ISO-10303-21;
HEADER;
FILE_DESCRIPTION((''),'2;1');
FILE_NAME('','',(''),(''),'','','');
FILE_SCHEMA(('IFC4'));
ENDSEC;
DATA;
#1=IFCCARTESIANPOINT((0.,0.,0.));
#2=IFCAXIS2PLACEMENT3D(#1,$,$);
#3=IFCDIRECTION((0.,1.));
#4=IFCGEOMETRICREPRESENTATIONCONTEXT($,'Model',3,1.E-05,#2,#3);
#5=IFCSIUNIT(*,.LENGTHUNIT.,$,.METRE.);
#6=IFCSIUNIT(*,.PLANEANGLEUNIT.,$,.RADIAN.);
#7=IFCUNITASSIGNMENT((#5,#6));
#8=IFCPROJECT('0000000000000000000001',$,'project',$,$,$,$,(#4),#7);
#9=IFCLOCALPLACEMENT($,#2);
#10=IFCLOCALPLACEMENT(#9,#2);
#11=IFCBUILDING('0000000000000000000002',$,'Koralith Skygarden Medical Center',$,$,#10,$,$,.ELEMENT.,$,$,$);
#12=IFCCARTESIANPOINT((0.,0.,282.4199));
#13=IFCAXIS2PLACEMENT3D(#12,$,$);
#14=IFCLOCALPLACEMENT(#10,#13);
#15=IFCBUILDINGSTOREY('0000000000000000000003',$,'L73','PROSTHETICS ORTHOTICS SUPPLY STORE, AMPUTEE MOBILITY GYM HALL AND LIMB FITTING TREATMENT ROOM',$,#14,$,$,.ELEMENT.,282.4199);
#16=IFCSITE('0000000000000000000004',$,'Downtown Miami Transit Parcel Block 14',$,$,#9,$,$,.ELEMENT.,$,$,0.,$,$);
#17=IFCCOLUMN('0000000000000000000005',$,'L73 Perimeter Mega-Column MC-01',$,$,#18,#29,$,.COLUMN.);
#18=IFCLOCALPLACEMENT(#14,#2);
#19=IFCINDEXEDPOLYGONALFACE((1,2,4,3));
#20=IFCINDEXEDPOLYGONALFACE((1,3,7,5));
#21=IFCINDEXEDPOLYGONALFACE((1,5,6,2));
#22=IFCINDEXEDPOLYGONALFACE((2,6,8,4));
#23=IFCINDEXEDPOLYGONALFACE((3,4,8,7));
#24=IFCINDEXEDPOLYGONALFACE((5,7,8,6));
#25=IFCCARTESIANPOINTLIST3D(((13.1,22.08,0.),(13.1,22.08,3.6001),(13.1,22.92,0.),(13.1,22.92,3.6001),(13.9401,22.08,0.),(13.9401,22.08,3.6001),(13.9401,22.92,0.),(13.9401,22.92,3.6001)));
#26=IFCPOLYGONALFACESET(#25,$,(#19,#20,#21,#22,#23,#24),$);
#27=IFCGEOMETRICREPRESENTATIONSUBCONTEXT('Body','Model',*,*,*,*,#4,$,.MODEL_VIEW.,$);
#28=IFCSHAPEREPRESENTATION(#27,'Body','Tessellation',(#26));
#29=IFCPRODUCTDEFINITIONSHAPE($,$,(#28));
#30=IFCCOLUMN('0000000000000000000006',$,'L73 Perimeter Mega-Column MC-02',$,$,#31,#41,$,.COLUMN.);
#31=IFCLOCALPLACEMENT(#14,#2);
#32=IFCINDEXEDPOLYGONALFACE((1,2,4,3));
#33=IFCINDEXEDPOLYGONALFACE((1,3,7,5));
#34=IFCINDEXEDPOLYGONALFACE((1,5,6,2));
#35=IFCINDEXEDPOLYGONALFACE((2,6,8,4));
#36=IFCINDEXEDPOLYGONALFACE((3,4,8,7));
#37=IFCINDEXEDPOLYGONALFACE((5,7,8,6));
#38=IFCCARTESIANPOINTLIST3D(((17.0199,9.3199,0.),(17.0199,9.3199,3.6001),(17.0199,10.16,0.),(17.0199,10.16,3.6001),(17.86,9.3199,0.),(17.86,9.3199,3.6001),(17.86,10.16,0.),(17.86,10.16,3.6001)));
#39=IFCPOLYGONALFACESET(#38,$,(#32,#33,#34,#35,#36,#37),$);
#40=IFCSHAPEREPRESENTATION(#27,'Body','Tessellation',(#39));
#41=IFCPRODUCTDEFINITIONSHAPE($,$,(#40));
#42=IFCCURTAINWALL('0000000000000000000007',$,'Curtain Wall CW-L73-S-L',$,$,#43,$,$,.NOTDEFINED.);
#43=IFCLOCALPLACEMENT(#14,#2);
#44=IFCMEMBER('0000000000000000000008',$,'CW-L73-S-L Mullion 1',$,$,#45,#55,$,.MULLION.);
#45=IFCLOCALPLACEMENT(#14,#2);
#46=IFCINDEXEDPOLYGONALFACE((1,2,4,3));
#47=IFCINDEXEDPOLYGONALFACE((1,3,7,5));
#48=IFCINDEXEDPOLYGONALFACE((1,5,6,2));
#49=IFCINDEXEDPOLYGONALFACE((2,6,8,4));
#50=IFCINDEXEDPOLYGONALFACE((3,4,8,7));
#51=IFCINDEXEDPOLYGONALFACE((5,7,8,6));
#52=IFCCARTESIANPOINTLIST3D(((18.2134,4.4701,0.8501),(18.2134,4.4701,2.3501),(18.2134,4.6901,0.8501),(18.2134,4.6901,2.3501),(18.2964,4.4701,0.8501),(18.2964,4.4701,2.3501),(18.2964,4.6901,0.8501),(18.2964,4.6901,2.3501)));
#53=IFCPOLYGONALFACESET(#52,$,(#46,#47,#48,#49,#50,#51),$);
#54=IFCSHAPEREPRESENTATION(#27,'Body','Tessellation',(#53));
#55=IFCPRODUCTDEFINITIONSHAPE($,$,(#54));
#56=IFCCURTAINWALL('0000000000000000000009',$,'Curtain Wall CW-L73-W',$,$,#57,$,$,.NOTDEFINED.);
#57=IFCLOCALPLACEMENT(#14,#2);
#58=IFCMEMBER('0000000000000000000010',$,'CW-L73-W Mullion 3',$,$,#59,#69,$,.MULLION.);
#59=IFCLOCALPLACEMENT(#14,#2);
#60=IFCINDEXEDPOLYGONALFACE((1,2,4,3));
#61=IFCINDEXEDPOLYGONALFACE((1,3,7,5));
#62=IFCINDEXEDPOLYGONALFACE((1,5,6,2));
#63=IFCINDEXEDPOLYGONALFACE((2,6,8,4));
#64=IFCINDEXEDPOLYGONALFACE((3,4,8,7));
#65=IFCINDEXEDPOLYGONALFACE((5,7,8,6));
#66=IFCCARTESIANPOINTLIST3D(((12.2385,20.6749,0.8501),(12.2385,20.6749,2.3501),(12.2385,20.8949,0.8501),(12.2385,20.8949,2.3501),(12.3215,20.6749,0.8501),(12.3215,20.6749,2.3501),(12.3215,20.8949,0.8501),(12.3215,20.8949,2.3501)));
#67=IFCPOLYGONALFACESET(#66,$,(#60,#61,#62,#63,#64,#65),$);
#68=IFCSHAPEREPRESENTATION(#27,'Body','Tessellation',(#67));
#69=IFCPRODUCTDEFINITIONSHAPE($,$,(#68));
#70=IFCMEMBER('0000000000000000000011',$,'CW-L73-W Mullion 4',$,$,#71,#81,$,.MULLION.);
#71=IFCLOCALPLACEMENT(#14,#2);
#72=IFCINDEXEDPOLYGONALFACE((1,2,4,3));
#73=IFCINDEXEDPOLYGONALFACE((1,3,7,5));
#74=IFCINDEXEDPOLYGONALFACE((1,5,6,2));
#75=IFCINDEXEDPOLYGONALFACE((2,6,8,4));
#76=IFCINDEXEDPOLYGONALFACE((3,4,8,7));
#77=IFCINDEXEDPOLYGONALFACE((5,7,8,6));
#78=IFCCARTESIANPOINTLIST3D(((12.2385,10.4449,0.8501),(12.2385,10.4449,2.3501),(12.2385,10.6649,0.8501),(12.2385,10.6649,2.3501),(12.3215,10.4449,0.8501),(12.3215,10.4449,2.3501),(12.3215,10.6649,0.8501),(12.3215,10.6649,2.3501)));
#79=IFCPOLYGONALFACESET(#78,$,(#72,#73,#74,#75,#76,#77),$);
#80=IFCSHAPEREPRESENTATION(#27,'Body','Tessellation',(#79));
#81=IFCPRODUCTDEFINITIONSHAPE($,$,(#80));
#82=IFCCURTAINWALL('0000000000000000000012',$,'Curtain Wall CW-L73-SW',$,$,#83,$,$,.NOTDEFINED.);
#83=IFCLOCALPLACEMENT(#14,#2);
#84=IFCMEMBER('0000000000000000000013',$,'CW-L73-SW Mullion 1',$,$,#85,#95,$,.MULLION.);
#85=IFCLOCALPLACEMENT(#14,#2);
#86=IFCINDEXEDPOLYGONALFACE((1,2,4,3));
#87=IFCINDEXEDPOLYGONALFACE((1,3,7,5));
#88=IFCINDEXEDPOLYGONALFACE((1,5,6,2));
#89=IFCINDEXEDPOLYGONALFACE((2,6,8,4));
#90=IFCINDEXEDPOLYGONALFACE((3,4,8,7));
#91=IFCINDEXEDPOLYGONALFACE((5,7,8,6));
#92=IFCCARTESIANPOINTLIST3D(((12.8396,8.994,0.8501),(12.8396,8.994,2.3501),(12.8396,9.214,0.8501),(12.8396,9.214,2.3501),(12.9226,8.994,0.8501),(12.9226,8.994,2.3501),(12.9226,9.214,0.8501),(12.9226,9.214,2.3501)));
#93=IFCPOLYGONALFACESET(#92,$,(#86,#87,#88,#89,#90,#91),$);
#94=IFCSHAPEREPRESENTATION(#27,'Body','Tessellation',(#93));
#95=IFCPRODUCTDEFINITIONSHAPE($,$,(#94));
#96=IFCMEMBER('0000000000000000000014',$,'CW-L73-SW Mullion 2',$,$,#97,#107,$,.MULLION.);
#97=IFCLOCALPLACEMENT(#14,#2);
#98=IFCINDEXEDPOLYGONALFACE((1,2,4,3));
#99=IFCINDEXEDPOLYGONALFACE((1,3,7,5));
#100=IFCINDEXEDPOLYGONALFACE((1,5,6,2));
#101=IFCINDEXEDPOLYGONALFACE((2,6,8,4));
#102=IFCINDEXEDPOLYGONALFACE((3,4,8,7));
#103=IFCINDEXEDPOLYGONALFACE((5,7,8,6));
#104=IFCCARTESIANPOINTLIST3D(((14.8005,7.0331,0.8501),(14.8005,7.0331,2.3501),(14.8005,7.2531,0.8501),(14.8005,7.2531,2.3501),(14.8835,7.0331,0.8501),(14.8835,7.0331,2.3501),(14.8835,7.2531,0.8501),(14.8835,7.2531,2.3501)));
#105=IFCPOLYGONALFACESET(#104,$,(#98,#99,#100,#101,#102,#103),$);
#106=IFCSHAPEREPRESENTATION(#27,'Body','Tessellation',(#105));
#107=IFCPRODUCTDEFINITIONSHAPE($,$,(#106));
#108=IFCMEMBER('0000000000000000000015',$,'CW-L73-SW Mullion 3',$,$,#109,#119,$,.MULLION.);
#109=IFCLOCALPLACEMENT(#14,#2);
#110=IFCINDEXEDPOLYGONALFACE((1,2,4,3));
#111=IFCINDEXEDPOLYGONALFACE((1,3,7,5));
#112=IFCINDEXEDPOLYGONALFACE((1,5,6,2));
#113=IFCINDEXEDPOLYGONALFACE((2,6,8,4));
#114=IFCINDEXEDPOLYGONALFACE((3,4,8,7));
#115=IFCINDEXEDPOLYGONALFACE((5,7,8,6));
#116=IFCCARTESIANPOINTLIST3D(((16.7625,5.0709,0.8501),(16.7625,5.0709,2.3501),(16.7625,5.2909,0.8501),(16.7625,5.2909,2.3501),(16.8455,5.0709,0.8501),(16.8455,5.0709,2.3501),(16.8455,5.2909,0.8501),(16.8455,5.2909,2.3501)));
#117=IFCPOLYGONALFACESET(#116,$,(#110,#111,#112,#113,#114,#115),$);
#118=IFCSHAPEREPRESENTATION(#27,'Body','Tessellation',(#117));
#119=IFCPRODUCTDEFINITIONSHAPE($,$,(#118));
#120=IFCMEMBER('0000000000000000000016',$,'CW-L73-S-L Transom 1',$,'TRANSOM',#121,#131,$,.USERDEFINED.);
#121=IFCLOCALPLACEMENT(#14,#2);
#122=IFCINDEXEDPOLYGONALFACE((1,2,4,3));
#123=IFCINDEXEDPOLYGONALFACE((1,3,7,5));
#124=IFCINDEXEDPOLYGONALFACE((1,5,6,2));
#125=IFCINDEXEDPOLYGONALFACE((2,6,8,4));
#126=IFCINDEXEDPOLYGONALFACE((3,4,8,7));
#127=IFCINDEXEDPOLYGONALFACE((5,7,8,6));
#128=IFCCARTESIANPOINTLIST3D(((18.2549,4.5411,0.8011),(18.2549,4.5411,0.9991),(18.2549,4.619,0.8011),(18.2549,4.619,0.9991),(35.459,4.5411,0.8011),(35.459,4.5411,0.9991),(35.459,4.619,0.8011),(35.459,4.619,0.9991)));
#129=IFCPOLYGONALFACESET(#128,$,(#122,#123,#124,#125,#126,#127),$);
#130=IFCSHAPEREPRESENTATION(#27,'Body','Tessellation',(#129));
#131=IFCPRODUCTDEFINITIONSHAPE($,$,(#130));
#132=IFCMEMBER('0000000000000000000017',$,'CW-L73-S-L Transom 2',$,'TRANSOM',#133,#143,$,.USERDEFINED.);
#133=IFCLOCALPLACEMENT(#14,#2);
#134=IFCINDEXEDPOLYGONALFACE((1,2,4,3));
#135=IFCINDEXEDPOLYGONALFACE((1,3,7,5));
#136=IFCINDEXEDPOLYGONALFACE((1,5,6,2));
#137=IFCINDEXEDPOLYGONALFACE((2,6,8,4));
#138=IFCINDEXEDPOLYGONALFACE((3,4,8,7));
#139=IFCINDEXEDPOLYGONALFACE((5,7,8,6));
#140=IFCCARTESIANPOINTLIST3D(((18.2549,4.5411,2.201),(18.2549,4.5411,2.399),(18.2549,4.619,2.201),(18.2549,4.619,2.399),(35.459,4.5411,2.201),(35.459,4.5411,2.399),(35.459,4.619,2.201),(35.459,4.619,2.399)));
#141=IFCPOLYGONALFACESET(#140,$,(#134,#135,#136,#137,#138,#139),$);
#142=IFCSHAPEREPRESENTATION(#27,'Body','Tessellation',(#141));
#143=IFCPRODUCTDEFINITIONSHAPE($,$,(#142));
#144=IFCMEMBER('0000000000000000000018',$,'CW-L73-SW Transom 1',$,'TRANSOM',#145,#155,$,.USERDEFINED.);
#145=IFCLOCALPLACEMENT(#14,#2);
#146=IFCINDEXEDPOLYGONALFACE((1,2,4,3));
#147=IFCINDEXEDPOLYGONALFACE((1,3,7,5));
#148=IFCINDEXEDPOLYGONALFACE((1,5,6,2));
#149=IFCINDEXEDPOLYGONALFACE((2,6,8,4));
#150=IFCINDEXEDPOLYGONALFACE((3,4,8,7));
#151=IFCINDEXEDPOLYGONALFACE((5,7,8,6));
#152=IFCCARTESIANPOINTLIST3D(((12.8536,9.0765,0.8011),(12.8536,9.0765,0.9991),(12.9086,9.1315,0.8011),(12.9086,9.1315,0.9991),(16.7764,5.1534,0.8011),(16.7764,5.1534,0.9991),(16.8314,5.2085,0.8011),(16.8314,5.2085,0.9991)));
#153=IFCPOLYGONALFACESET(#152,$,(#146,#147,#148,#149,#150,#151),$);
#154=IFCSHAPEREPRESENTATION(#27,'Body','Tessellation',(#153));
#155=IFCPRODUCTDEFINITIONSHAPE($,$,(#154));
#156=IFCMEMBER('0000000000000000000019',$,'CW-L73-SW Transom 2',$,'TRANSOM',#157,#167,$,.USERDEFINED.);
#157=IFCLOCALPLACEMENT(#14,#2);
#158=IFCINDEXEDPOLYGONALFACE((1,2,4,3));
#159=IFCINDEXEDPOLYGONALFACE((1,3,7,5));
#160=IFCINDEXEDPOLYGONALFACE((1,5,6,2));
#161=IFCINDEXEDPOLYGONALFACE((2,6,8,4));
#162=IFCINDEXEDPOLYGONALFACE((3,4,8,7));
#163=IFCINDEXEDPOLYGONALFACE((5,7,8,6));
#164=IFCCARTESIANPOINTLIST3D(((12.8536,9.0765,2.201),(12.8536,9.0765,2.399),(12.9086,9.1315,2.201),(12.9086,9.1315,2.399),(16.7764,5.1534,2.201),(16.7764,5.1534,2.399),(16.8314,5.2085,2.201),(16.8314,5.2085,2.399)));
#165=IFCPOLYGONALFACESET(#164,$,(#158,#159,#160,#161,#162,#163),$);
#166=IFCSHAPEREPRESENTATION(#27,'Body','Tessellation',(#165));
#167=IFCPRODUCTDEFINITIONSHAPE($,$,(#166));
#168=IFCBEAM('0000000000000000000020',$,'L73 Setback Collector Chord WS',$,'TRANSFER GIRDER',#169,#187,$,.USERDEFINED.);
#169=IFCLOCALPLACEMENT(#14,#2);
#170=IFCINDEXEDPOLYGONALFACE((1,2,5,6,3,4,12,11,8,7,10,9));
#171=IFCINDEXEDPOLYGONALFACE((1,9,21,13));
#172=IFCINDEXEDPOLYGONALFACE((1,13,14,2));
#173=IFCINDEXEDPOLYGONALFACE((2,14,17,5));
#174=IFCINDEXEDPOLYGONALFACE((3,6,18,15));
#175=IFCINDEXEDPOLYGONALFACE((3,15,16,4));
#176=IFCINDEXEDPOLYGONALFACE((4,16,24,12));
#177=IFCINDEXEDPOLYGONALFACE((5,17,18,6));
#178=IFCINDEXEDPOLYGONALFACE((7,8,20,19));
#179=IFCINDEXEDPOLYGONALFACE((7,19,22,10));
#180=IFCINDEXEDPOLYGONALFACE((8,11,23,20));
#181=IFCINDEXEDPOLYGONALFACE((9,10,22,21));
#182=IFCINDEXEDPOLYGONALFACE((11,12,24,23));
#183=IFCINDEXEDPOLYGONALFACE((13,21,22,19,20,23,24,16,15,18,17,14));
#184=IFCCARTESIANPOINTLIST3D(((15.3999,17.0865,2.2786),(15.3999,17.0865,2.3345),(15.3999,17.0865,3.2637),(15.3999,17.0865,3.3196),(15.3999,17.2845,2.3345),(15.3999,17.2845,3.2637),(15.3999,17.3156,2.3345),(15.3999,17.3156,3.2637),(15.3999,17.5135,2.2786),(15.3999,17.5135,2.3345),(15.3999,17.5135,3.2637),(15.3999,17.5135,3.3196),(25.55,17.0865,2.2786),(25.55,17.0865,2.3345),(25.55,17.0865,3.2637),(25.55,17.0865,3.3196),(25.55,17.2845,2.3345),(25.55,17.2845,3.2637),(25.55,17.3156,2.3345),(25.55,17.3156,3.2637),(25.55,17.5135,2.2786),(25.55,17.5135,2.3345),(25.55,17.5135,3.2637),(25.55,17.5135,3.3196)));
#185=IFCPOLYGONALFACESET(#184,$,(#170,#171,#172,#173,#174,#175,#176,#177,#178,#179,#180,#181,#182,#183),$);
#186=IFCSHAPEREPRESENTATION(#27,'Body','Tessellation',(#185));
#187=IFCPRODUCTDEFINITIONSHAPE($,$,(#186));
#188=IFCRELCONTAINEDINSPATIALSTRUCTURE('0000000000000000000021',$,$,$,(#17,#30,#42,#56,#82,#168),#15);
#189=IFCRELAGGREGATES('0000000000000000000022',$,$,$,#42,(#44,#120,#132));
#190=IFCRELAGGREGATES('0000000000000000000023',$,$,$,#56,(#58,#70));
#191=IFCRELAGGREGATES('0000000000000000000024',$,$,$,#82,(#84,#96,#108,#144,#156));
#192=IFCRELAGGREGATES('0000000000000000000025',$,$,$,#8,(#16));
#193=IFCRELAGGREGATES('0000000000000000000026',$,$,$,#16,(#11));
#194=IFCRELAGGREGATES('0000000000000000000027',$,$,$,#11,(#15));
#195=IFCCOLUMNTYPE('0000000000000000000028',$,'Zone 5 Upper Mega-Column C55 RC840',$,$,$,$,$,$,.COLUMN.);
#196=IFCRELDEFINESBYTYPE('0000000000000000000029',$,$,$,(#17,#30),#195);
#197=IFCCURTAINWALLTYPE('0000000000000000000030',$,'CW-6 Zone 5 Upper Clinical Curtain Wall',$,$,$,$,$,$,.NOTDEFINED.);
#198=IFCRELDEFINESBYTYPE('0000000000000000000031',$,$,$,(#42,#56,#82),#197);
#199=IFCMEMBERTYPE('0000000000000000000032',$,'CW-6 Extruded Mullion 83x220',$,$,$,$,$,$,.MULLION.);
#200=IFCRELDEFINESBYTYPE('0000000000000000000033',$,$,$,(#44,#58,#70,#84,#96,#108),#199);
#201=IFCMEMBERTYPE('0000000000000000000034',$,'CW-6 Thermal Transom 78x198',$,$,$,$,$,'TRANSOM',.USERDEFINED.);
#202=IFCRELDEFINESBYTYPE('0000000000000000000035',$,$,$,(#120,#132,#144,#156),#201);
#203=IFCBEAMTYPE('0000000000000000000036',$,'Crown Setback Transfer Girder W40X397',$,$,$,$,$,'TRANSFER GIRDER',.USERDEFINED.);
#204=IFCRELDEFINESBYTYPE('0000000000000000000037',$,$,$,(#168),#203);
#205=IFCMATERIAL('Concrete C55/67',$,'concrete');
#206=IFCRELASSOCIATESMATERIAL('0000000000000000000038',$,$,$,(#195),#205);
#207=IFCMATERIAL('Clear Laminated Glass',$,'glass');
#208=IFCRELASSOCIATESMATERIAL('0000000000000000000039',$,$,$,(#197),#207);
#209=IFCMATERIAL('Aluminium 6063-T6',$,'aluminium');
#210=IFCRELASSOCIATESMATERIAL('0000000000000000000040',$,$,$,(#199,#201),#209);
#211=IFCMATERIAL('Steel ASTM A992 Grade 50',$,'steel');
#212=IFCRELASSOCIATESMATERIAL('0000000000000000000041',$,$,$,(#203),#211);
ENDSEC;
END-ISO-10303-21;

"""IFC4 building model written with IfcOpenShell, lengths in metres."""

from ifc_helpers import new_model, si_unit, direction, frame, origin, origin_2d, place, context, subcontext, project, spatial, rectangle, i_section, extrude, material, material_profile, profile_set, type_object, element, aggregate, save


model = new_model("IFC4")

# Units and contexts
model_context = context("Model", 3, precision=1e-05, world=origin(), true_north=direction((0.0, 1.0)))
body_context = subcontext(model_context, "Body", "Model", "MODEL_VIEW")
ifc_project = project(units=[si_unit("LENGTHUNIT", "METRE"), si_unit("PLANEANGLEUNIT", "RADIAN")], contexts=[model_context])

# Site, building, storey
site_placement = place(None, origin())
site = spatial("IfcSite", under=ifc_project, at=site_placement, Name="Downtown Miami Transit Parcel Block 14", CompositionType="ELEMENT", RefElevation=0.0)
building_placement = place(site_placement, origin())
building = spatial("IfcBuilding", under=site, at=building_placement, Name="Koralith Skygarden Medical Center", CompositionType="ELEMENT")
storey_placement = place(building_placement, frame((0.0, 0.0, 282.4199)))
storey = spatial("IfcBuildingStorey", under=building, at=storey_placement, Name="L73", Description="PROSTHETICS ORTHOTICS SUPPLY STORE, AMPUTEE MOBILITY GYM HALL AND LIMB FITTING TREATMENT ROOM", CompositionType="ELEMENT", Elevation=282.4199)

# Columns
ifc_material_1 = material(Name="Concrete C55/67", Category="concrete")
ifc_material_profile_1 = material_profile(ifc_material_1, rectangle(XDim=0.8401, YDim=0.8401, at=origin_2d()), Name="RC840X840")
ifc_profile_set_1 = profile_set([ifc_material_profile_1], Name="Concrete C55/67")
column_type = type_object("IfcColumnType", Name="Zone 5 Upper Mega-Column C55 RC840", PredefinedType="COLUMN", material=ifc_profile_set_1)
for number, where, z_axis, x_axis, name in (
    (1, (13.52, 22.5, 0.0), (0.0, 0.0, 1.0), (1.0, 0.0, 0.0), "L73 Perimeter Mega-Column MC-01"),
    (2, (17.4399, 9.74, 0.0), (0.0, 0.0, 1.0), (1.0, 0.0, 0.0), "L73 Perimeter Mega-Column MC-02"),
):
    element("IfcColumn", number, at=place(storey_placement, frame(where, z_axis=z_axis, x_axis=x_axis)), inside=storey, type_object=column_type, Name=name, PredefinedType="COLUMN", context=body_context, shape_type="SweptSolid", body=[
        extrude(rectangle(XDim=0.8401, YDim=0.8401, at=origin_2d()), origin(), (0.0, 0.0, 1.0), 3.6001),
    ])

# Curtain wall, member
ifc_material_2 = material(Name="Clear Laminated Glass", Category="glass")
curtain_wall_type = type_object("IfcCurtainWallType", Name="CW-6 Zone 5 Upper Clinical Curtain Wall", PredefinedType="NOTDEFINED", material=ifc_material_2)
curtain_wall_1_placement = place(storey_placement, origin())
curtain_wall_1 = element("IfcCurtainWall", 3, at=curtain_wall_1_placement, inside=storey, type_object=curtain_wall_type, Name="Curtain Wall CW-L73-S-L", PredefinedType="NOTDEFINED")
ifc_material_3 = material(Name="Aluminium 6063-T6", Category="aluminium")
ifc_material_profile_2 = material_profile(ifc_material_3, rectangle(XDim=0.083, YDim=0.22, at=origin_2d()), Name="MUL83X220")
ifc_profile_set_2 = profile_set([ifc_material_profile_2], Name="Aluminium 6063-T6")
member_type_1 = type_object("IfcMemberType", Name="CW-6 Extruded Mullion 83x220", PredefinedType="MULLION", material=ifc_profile_set_2)
member_1_placement = place(storey_placement, frame((18.2549, 4.5801, 0.8501), z_axis=(0.0, 0.0, 1.0), x_axis=(1.0, 0.0, 0.0)))
member_1 = element("IfcMember", 4, at=member_1_placement, type_object=member_type_1, Name="CW-L73-S-L Mullion 1", PredefinedType="MULLION", context=body_context, shape_type="SweptSolid", body=[
    extrude(rectangle(XDim=0.083, YDim=0.22, at=origin_2d()), origin(), (0.0, 0.0, 1.0), 1.5),
])

# Curtain walls, members
curtain_wall_2_placement = place(storey_placement, origin())
curtain_wall_2 = element("IfcCurtainWall", 5, at=curtain_wall_2_placement, inside=storey, type_object=curtain_wall_type, Name="Curtain Wall CW-L73-W", PredefinedType="NOTDEFINED")
member_2_placement = place(storey_placement, frame((12.28, 20.7849, 0.8501), z_axis=(0.0, 0.0, 1.0), x_axis=(1.0, 0.0, 0.0)))
member_2 = element("IfcMember", 6, at=member_2_placement, type_object=member_type_1, Name="CW-L73-W Mullion 3", PredefinedType="MULLION", context=body_context, shape_type="SweptSolid", body=[
    extrude(rectangle(XDim=0.083, YDim=0.22, at=origin_2d()), origin(), (0.0, 0.0, 1.0), 1.5),
])
member_3_placement = place(storey_placement, frame((12.28, 10.5549, 0.8501), z_axis=(0.0, 0.0, 1.0), x_axis=(1.0, 0.0, 0.0)))
member_3 = element("IfcMember", 7, at=member_3_placement, type_object=member_type_1, Name="CW-L73-W Mullion 4", PredefinedType="MULLION", context=body_context, shape_type="SweptSolid", body=[
    extrude(rectangle(XDim=0.083, YDim=0.22, at=origin_2d()), origin(), (0.0, 0.0, 1.0), 1.5),
])
curtain_wall_3_placement = place(storey_placement, origin())
curtain_wall_3 = element("IfcCurtainWall", 8, at=curtain_wall_3_placement, inside=storey, type_object=curtain_wall_type, Name="Curtain Wall CW-L73-SW", PredefinedType="NOTDEFINED")
member_4_placement = place(storey_placement, frame((12.8811, 9.104, 0.8501), z_axis=(0.0, 0.0, 1.0), x_axis=(1.0, 0.0, 0.0)))
member_4 = element("IfcMember", 9, at=member_4_placement, type_object=member_type_1, Name="CW-L73-SW Mullion 1", PredefinedType="MULLION", context=body_context, shape_type="SweptSolid", body=[
    extrude(rectangle(XDim=0.083, YDim=0.22, at=origin_2d()), origin(), (0.0, 0.0, 1.0), 1.5),
])
member_5_placement = place(storey_placement, frame((14.842, 7.1431, 0.8501), z_axis=(0.0, 0.0, 1.0), x_axis=(1.0, 0.0, 0.0)))
member_5 = element("IfcMember", 10, at=member_5_placement, type_object=member_type_1, Name="CW-L73-SW Mullion 2", PredefinedType="MULLION", context=body_context, shape_type="SweptSolid", body=[
    extrude(rectangle(XDim=0.083, YDim=0.22, at=origin_2d()), origin(), (0.0, 0.0, 1.0), 1.5),
])
member_6_placement = place(storey_placement, frame((16.804, 5.1809, 0.8501), z_axis=(0.0, 0.0, 1.0), x_axis=(1.0, 0.0, 0.0)))
member_6 = element("IfcMember", 11, at=member_6_placement, type_object=member_type_1, Name="CW-L73-SW Mullion 3", PredefinedType="MULLION", context=body_context, shape_type="SweptSolid", body=[
    extrude(rectangle(XDim=0.083, YDim=0.22, at=origin_2d()), origin(), (0.0, 0.0, 1.0), 1.5),
])

# Members
ifc_material_profile_3 = material_profile(ifc_material_3, rectangle(XDim=0.0779, YDim=0.198, at=origin_2d()), Name="TRN78X198")
ifc_profile_set_3 = profile_set([ifc_material_profile_3], Name="Aluminium 6063-T6")
member_type_2 = type_object("IfcMemberType", Name="CW-6 Thermal Transom 78x198", ElementType="TRANSOM", PredefinedType="USERDEFINED", material=ifc_profile_set_3)
member_7_placement = place(storey_placement, frame((18.2549, 4.5801, 0.9001), z_axis=(1.0, 0.0, 0.0), x_axis=(0.0, 1.0, 0.0)))
member_7 = element("IfcMember", 12, at=member_7_placement, type_object=member_type_2, Name="CW-L73-S-L Transom 1", ObjectType="TRANSOM", PredefinedType="USERDEFINED", context=body_context, shape_type="SweptSolid", body=[
    extrude(rectangle(XDim=0.0779, YDim=0.198, at=origin_2d()), origin(), (0.0, 0.0, 1.0), 17.2041),
])
member_8_placement = place(storey_placement, frame((18.2549, 4.5801, 2.3), z_axis=(1.0, 0.0, 0.0), x_axis=(0.0, 1.0, 0.0)))
member_8 = element("IfcMember", 13, at=member_8_placement, type_object=member_type_2, Name="CW-L73-S-L Transom 2", ObjectType="TRANSOM", PredefinedType="USERDEFINED", context=body_context, shape_type="SweptSolid", body=[
    extrude(rectangle(XDim=0.0779, YDim=0.198, at=origin_2d()), origin(), (0.0, 0.0, 1.0), 17.2041),
])
aggregate(curtain_wall_1, [member_1, member_7, member_8])
member_9_placement = place(storey_placement, frame((12.8811, 9.104, 0.9001), z_axis=(0.707085, -0.707129, 0.0), x_axis=(0.707129, 0.707085, 0.0)))
member_9 = element("IfcMember", 14, at=member_9_placement, type_object=member_type_2, Name="CW-L73-SW Transom 1", ObjectType="TRANSOM", PredefinedType="USERDEFINED", context=body_context, shape_type="SweptSolid", body=[
    extrude(rectangle(XDim=0.0779, YDim=0.198, at=origin_2d()), origin(), (0.0, 0.0, 1.0), 5.5479),
])
member_10_placement = place(storey_placement, frame((12.8811, 9.104, 2.3), z_axis=(0.707085, -0.707129, 0.0), x_axis=(0.707129, 0.707085, 0.0)))
member_10 = element("IfcMember", 15, at=member_10_placement, type_object=member_type_2, Name="CW-L73-SW Transom 2", ObjectType="TRANSOM", PredefinedType="USERDEFINED", context=body_context, shape_type="SweptSolid", body=[
    extrude(rectangle(XDim=0.0779, YDim=0.198, at=origin_2d()), origin(), (0.0, 0.0, 1.0), 5.5479),
])

# Beam
ifc_material_4 = material(Name="Steel ASTM A992 Grade 50", Category="steel")
ifc_material_profile_4 = material_profile(ifc_material_4, i_section(OverallWidth=0.427, OverallDepth=1.041, WebThickness=0.031, FlangeThickness=0.0559, at=origin_2d()), Name="W40X397")
ifc_profile_set_4 = profile_set([ifc_material_profile_4], Name="Steel ASTM A992 Grade 50")
beam_type = type_object("IfcBeamType", Name="Crown Setback Transfer Girder W40X397", ElementType="TRANSFER GIRDER", PredefinedType="USERDEFINED", material=ifc_profile_set_4)
beam_1_placement = place(storey_placement, frame((15.3999, 17.3, 2.7991), z_axis=(1.0, 0.0, 0.0), x_axis=(0.0, 1.0, 0.0)))
element("IfcBeam", 16, at=beam_1_placement, inside=storey, type_object=beam_type, Name="L73 Setback Collector Chord WS", ObjectType="TRANSFER GIRDER", PredefinedType="USERDEFINED", context=body_context, shape_type="SweptSolid", body=[
    extrude(i_section(OverallWidth=0.427, OverallDepth=1.041, WebThickness=0.031, FlangeThickness=0.0559, at=origin_2d()), origin(), (0.0, 0.0, 1.0), 10.1501),
])

aggregate(curtain_wall_2, [member_2, member_3])
aggregate(curtain_wall_3, [member_4, member_5, member_6, member_9, member_10])

save(model, "model.ifc")
